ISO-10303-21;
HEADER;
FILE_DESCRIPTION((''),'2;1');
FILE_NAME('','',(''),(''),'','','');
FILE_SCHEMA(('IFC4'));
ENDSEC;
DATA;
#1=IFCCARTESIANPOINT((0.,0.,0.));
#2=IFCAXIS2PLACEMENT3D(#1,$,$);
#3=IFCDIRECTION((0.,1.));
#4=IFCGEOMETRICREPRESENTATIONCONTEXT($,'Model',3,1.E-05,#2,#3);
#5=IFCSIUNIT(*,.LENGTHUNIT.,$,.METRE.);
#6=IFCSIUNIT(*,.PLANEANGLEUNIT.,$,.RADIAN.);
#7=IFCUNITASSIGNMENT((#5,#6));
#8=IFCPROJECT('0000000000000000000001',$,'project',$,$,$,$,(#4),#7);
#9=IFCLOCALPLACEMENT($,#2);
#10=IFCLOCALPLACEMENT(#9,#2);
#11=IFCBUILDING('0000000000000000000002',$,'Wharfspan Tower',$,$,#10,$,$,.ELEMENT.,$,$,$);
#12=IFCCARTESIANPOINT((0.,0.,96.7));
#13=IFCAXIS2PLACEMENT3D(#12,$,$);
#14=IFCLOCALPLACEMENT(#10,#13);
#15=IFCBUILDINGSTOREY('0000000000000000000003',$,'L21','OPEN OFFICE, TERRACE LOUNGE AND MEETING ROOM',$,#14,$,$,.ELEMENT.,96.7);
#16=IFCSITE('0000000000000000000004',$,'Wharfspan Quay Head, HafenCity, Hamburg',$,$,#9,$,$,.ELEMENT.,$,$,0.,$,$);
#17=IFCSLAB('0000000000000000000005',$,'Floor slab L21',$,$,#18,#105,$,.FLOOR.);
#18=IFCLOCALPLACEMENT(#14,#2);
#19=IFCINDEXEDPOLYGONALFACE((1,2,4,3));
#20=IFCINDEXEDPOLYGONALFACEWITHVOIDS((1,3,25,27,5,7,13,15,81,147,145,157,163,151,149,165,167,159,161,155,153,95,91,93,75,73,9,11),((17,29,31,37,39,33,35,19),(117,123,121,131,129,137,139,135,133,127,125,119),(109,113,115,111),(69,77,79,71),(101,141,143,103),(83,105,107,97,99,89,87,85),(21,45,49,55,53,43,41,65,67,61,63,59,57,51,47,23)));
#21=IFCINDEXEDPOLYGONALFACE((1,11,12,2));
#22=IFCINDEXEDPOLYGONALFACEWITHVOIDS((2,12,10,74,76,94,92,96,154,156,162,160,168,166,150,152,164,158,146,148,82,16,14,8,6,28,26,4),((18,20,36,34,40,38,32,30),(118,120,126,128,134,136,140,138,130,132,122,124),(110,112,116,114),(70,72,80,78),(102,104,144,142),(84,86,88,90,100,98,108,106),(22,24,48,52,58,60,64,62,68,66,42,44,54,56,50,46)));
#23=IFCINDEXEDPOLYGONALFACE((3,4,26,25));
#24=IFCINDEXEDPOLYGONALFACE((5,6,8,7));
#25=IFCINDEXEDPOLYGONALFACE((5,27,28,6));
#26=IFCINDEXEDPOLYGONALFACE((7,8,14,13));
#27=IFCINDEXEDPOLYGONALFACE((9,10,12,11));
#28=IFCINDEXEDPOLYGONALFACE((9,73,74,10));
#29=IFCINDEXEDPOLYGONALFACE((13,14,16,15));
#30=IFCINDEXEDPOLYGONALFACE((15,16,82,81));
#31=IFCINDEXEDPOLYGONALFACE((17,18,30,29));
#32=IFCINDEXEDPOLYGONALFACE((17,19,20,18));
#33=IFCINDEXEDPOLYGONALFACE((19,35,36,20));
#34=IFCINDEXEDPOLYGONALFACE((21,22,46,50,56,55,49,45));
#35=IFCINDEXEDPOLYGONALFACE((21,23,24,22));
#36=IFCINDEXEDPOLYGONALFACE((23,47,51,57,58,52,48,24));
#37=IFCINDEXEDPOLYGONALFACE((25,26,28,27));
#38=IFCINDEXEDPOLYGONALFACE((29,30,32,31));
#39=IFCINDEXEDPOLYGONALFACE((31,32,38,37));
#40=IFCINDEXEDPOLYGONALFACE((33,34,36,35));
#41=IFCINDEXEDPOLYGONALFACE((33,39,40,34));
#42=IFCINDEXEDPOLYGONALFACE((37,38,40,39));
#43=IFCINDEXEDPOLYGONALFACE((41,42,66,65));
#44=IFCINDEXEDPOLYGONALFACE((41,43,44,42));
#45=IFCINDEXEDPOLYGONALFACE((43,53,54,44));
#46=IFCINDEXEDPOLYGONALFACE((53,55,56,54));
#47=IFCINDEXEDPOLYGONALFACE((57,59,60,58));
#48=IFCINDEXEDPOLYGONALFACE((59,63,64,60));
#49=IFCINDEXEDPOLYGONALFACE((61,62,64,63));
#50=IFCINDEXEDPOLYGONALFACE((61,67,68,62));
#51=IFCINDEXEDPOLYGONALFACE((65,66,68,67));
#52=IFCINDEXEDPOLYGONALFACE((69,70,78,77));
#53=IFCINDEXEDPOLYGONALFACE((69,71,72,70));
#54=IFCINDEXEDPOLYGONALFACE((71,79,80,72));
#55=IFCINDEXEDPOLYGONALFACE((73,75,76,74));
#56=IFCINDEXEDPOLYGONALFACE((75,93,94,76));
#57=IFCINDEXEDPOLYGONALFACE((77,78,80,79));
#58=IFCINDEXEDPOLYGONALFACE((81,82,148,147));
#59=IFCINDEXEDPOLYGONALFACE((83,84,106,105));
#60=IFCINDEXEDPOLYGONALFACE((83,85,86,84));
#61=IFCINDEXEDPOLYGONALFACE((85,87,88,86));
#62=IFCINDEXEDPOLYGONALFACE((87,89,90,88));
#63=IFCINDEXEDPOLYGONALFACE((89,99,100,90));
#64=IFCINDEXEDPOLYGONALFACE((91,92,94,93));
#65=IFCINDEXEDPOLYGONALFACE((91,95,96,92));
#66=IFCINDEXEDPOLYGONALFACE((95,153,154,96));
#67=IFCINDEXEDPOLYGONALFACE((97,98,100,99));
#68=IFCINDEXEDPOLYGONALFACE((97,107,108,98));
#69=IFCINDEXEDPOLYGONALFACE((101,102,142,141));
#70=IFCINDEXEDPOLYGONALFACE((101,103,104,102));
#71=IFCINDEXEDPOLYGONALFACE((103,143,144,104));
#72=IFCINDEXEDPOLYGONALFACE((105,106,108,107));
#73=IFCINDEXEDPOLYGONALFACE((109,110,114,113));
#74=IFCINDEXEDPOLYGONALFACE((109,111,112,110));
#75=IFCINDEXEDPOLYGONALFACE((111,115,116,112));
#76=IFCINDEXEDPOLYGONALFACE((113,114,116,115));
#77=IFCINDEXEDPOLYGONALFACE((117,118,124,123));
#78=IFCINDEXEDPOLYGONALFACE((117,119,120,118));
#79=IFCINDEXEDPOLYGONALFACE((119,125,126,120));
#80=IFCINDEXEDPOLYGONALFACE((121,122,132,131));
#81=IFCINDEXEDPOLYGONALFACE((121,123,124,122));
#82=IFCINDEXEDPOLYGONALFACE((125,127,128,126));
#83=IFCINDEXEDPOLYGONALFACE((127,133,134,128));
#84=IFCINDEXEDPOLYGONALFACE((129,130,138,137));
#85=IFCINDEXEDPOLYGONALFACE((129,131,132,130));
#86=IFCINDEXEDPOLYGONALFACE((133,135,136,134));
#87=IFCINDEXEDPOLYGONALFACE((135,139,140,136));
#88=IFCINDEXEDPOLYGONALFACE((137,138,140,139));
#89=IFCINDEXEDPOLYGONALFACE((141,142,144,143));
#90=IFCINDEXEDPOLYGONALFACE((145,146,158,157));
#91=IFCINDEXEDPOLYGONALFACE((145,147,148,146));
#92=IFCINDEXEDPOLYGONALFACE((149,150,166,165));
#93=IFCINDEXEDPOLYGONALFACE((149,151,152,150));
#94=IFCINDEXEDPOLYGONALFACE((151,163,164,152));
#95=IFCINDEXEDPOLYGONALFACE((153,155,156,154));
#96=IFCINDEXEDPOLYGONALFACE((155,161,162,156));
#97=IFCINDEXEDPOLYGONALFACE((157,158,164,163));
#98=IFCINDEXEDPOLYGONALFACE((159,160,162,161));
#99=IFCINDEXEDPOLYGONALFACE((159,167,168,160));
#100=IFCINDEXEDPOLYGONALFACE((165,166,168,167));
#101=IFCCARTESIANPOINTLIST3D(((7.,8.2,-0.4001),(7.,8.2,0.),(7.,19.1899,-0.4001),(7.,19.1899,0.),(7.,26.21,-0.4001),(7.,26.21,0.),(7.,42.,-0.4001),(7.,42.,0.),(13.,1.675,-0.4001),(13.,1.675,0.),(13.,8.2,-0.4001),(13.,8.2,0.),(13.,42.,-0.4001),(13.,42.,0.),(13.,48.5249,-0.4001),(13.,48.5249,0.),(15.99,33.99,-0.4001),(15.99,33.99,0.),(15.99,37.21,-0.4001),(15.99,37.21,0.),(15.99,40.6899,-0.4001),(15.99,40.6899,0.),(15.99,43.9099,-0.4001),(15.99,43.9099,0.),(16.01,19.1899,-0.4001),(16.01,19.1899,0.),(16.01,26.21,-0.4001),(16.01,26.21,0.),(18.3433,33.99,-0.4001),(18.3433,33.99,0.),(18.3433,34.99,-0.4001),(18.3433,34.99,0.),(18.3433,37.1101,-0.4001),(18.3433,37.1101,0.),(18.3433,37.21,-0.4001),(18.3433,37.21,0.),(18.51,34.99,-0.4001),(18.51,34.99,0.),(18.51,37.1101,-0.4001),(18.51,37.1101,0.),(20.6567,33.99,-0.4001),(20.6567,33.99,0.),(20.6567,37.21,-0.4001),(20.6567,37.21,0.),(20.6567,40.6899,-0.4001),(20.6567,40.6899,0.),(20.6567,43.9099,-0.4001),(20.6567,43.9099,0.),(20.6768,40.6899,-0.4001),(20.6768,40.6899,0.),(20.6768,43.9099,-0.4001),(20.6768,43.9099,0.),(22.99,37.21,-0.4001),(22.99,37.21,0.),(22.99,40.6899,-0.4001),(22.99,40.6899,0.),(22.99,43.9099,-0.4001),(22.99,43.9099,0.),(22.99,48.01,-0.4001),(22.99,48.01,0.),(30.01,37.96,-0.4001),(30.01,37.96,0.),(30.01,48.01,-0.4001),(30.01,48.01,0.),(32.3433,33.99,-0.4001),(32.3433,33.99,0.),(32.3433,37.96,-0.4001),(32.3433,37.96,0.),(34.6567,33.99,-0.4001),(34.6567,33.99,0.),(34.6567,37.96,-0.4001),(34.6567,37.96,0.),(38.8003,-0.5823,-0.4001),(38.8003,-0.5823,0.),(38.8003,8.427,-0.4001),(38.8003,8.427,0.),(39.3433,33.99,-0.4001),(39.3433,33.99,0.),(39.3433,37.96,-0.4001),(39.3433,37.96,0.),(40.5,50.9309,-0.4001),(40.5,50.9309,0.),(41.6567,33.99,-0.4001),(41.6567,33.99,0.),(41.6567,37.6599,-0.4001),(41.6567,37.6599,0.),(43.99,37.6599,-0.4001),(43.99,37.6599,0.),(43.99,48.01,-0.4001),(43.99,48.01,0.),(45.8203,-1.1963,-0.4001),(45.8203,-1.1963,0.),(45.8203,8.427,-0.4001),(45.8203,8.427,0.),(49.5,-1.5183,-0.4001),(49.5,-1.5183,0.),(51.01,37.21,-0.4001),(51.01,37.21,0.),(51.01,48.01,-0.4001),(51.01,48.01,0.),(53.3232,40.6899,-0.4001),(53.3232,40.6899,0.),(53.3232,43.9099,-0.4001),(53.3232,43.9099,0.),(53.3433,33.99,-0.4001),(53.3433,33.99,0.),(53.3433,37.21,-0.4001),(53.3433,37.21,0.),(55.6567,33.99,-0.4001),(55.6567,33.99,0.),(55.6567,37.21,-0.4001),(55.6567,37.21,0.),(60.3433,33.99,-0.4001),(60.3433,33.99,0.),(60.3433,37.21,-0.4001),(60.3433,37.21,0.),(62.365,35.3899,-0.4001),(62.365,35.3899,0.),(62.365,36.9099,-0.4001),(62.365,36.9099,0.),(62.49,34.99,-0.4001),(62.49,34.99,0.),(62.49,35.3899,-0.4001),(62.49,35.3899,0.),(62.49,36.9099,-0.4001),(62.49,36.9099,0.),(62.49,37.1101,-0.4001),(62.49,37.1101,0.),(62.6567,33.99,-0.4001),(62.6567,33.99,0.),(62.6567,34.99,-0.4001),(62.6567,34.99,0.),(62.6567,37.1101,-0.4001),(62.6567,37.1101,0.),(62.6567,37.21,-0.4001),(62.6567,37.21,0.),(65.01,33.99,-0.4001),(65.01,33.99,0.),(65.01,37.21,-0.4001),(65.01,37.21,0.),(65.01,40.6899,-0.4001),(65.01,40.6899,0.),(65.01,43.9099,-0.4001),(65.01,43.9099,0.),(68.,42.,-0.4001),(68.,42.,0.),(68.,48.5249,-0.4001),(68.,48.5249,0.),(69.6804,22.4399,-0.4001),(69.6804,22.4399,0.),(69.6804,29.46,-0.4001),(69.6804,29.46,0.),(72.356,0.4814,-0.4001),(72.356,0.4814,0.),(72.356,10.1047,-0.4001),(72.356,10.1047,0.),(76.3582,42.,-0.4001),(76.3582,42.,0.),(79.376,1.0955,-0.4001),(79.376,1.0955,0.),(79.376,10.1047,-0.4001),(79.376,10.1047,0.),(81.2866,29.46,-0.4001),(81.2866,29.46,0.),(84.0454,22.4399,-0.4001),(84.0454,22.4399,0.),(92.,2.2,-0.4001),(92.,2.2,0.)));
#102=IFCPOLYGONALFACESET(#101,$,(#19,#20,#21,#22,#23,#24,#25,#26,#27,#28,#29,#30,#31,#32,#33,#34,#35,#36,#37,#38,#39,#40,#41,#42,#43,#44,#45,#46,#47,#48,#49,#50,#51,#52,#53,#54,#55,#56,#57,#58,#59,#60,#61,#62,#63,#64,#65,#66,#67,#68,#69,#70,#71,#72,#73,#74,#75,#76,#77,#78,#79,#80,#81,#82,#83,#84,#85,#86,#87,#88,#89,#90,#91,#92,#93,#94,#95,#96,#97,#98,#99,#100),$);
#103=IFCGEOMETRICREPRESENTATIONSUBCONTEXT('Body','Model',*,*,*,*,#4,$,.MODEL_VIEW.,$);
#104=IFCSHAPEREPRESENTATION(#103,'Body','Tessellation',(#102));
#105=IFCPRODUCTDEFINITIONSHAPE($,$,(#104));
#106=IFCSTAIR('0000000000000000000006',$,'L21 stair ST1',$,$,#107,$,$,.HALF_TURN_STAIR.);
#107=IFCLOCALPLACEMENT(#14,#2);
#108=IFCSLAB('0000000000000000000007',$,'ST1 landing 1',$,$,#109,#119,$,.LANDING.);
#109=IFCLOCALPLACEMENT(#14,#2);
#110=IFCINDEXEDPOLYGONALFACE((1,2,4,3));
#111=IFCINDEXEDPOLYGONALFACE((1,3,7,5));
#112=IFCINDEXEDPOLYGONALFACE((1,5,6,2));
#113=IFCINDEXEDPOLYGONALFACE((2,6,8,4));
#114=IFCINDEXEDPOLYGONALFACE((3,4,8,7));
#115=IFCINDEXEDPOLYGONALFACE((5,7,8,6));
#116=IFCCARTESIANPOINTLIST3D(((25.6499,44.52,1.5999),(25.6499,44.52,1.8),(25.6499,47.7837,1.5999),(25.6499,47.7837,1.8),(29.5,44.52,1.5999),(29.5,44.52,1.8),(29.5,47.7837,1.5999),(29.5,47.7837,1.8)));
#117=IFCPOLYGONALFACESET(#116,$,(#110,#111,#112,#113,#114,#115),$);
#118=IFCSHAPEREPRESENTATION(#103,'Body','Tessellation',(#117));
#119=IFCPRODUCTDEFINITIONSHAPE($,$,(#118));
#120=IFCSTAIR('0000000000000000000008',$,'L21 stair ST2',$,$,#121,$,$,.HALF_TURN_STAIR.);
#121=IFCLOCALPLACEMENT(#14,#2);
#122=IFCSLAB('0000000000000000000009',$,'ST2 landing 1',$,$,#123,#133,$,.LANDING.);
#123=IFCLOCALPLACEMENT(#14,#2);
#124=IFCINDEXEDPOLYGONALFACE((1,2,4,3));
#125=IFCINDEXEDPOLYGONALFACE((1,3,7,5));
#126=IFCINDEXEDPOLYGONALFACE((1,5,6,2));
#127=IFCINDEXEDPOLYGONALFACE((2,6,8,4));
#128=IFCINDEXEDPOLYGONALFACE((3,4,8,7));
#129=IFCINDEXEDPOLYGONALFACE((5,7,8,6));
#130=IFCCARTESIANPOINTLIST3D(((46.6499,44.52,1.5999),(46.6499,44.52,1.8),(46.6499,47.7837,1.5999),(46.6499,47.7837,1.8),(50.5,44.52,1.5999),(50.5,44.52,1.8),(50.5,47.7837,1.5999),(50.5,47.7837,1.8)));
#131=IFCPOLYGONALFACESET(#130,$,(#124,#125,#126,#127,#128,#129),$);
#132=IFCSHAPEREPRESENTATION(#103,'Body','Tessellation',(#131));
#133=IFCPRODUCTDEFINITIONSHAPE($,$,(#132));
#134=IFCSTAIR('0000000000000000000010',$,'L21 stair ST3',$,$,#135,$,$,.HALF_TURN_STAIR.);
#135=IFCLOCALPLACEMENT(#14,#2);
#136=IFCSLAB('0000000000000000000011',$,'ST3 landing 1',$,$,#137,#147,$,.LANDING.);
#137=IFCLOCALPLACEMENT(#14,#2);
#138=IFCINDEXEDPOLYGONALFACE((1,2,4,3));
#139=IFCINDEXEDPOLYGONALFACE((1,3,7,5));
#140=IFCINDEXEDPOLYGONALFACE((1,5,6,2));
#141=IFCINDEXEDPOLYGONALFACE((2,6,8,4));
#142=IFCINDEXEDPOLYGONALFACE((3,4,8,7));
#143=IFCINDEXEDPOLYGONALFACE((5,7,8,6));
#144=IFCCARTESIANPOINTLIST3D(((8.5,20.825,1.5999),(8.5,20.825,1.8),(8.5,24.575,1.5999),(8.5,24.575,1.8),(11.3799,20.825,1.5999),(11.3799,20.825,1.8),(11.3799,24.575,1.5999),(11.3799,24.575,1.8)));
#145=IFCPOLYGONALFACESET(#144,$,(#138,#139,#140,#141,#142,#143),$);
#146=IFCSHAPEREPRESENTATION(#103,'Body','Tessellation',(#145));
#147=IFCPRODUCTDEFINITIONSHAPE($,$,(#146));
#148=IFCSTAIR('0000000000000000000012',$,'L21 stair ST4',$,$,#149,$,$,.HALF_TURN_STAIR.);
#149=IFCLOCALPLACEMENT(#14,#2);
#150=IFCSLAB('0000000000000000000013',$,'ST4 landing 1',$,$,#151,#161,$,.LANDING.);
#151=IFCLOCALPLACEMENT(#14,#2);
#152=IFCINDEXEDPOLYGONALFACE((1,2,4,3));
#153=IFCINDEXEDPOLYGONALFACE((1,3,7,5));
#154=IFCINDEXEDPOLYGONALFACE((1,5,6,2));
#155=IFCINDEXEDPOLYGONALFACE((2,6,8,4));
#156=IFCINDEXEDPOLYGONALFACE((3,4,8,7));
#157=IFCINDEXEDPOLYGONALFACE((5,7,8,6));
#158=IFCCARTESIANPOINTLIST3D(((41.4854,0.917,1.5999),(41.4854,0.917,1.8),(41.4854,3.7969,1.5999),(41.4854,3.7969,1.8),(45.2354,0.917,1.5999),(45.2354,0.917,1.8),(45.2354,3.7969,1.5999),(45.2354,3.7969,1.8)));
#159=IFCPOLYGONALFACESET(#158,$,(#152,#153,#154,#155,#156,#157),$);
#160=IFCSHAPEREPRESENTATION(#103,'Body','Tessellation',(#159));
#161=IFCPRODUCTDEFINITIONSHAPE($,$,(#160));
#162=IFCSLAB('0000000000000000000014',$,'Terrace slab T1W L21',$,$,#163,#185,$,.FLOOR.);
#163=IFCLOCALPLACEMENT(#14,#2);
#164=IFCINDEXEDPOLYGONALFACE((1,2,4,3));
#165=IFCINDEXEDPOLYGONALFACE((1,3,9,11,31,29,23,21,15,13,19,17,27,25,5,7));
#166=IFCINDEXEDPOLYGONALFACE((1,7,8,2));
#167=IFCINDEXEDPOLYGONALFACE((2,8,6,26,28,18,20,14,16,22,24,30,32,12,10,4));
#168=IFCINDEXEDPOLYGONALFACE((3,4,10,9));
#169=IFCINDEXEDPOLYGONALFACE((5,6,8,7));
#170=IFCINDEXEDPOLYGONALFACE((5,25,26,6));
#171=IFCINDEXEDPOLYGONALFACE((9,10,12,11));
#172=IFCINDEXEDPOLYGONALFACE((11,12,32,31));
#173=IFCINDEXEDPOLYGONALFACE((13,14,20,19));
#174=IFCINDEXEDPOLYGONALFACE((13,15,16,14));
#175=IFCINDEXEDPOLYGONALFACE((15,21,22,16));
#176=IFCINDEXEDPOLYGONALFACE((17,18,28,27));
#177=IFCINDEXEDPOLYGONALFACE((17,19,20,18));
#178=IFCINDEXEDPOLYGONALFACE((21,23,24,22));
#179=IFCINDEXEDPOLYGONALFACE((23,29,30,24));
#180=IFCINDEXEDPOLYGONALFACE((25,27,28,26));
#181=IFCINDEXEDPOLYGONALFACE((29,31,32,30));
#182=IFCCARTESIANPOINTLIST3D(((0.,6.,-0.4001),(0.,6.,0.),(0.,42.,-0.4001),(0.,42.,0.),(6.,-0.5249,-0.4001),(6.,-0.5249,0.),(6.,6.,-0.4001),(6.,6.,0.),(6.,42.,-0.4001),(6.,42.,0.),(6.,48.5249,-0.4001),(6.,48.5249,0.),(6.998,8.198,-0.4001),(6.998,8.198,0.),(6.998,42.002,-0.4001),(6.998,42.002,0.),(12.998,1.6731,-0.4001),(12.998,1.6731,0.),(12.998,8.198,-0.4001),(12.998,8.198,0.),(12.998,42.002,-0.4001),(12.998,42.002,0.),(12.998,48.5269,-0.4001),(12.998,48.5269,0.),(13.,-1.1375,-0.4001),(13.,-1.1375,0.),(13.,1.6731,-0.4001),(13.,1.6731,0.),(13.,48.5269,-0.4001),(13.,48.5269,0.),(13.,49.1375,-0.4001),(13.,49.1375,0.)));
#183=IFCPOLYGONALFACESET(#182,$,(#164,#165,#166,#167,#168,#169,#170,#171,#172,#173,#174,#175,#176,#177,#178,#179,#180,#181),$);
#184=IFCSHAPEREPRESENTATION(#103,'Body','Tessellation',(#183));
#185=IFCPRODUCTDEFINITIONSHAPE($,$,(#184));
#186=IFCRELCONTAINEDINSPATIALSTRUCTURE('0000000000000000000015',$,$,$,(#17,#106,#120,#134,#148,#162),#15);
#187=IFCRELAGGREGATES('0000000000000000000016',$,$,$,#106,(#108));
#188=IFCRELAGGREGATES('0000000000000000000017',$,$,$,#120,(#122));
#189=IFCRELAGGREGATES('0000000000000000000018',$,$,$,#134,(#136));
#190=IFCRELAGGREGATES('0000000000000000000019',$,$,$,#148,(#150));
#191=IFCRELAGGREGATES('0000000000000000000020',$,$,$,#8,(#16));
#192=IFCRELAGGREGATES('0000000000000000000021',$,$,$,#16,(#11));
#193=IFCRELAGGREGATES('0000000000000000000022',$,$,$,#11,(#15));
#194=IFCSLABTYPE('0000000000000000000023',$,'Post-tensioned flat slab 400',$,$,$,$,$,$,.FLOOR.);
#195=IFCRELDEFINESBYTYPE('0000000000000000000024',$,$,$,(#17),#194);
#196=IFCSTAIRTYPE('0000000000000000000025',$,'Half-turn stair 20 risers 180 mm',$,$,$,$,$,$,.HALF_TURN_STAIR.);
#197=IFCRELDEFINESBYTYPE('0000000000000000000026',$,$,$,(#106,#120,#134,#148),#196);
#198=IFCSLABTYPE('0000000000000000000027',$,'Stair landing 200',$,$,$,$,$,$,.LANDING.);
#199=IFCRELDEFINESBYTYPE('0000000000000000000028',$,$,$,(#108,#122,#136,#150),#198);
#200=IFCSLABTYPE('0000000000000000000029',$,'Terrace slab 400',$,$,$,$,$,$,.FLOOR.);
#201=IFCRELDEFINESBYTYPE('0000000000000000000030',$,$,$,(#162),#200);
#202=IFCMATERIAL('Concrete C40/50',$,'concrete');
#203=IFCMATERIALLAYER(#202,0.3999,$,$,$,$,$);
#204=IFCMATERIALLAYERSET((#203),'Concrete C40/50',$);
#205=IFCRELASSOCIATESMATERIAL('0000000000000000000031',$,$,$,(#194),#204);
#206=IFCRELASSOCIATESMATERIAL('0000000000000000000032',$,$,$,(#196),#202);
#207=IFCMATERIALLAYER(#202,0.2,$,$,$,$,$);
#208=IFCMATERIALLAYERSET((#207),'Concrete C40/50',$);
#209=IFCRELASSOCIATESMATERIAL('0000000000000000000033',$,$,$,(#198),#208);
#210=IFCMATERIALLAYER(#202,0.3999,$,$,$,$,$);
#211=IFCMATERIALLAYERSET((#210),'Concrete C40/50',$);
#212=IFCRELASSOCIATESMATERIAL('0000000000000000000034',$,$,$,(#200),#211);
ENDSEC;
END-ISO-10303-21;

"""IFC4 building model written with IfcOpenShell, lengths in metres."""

from ifc_helpers import new_model, si_unit, direction, frame, origin, place, context, subcontext, project, spatial, polyline, outline, extrude, material, layer, layer_set, type_object, element, aggregate, save


model = new_model("IFC4")

# Units and contexts
model_context = context("Model", 3, precision=1e-05, world=origin(), true_north=direction((0.0, 1.0)))
body_context = subcontext(model_context, "Body", "Model", "MODEL_VIEW")
ifc_project = project(units=[si_unit("LENGTHUNIT", "METRE"), si_unit("PLANEANGLEUNIT", "RADIAN")], contexts=[model_context])

# Site, building, storey
site_placement = place(None, origin())
site = spatial("IfcSite", under=ifc_project, at=site_placement, Name="Wharfspan Quay Head, HafenCity, Hamburg", CompositionType="ELEMENT", RefElevation=0.0)
building_placement = place(site_placement, origin())
building = spatial("IfcBuilding", under=site, at=building_placement, Name="Wharfspan Tower", CompositionType="ELEMENT")
storey_placement = place(building_placement, frame((0.0, 0.0, 96.7)))
storey = spatial("IfcBuildingStorey", under=building, at=storey_placement, Name="L21", Description="OPEN OFFICE, TERRACE LOUNGE AND MEETING ROOM", CompositionType="ELEMENT", Elevation=96.7)

# Slab
ifc_material_1 = material(Name="Concrete C40/50", Category="concrete")
ifc_layer_1 = layer(ifc_material_1, 0.3999)
ifc_layer_set_1 = layer_set([ifc_layer_1], Name="Concrete C40/50")
slab_type_1 = type_object("IfcSlabType", Name="Post-tensioned flat slab 400", PredefinedType="FLOOR", material=ifc_layer_set_1)
slab_1_placement = place(storey_placement, frame((0.0, 0.0, -0.4001)))
element("IfcSlab", 1, at=slab_1_placement, inside=storey, type_object=slab_type_1, Name="Floor slab L21", PredefinedType="FLOOR", context=body_context, shape_type="SweptSolid", body=[
    extrude(outline(polyline([(38.8003, -0.5823), (38.8003, 8.427), (45.8203, 8.427), (45.8203, -1.1963), (49.5, -1.5183), (72.356, 0.4814), (72.356, 10.1047), (79.376, 10.1047), (79.376, 1.0955), (92.0, 2.2), (84.0454, 22.4399), (69.6804, 22.4399), (69.6804, 29.46), (81.2866, 29.46), (76.3582, 42.0), (68.0, 42.0), (68.0, 48.5249), (40.5, 50.9309), (13.0, 48.5249), (13.0, 42.0), (7.0, 42.0), (7.0, 26.21), (16.01, 26.21), (16.01, 19.1899), (7.0, 19.1899), (7.0, 8.2), (13.0, 8.2), (13.0, 1.675), (38.8003, -0.5823)]), holes=[polyline([(62.49, 35.3899), (62.365, 35.3899), (62.365, 36.9099), (62.49, 36.9099), (62.49, 37.1101), (62.6567, 37.1101), (62.6567, 37.21), (65.01, 37.21), (65.01, 33.99), (62.6567, 33.99), (62.6567, 34.99), (62.49, 34.99), (62.49, 35.3899)]), polyline([(65.01, 43.9099), (65.01, 40.6899), (53.3232, 40.6899), (53.3232, 43.9099), (65.01, 43.9099)]), polyline([(55.6567, 33.99), (55.6567, 37.21), (60.3433, 37.21), (60.3433, 33.99), (55.6567, 33.99)]), polyline([(43.99, 37.6599), (43.99, 48.01), (51.01, 48.01), (51.01, 37.21), (53.3433, 37.21), (53.3433, 33.99), (41.6567, 33.99), (41.6567, 37.6599), (43.99, 37.6599)]), polyline([(34.6567, 33.99), (34.6567, 37.96), (39.3433, 37.96), (39.3433, 33.99), (34.6567, 33.99)]), polyline([(20.6567, 37.21), (22.99, 37.21), (22.99, 40.6899), (20.6768, 40.6899), (20.6567, 40.6899), (15.99, 40.6899), (15.99, 43.9099), (20.6567, 43.9099), (20.6768, 43.9099), (22.99, 43.9099), (22.99, 48.01), (30.01, 48.01), (30.01, 37.96), (32.3433, 37.96), (32.3433, 33.99), (20.6567, 33.99), (20.6567, 37.21)]), polyline([(18.51, 34.99), (18.3433, 34.99), (18.3433, 33.99), (15.99, 33.99), (15.99, 37.21), (18.3433, 37.21), (18.3433, 37.1101), (18.51, 37.1101), (18.51, 34.99)])]), origin(), (0.0, 0.0, 1.0), 0.4001),
])

# Stairs, slabs
stair_type = type_object("IfcStairType", Name="Half-turn stair 20 risers 180 mm", PredefinedType="HALF_TURN_STAIR", material=ifc_material_1)
stair_1_placement = place(storey_placement, origin())
stair_1 = element("IfcStair", 2, at=stair_1_placement, inside=storey, type_object=stair_type, Name="L21 stair ST1", PredefinedType="HALF_TURN_STAIR")
ifc_layer_2 = layer(ifc_material_1, 0.2)
ifc_layer_set_2 = layer_set([ifc_layer_2], Name="Concrete C40/50")
slab_type_2 = type_object("IfcSlabType", Name="Stair landing 200", PredefinedType="LANDING", material=ifc_layer_set_2)
slab_2_placement = place(storey_placement, frame((0.0, 0.0, 1.5999)))
slab_2 = element("IfcSlab", 3, at=slab_2_placement, type_object=slab_type_2, Name="ST1 landing 1", PredefinedType="LANDING", context=body_context, shape_type="SweptSolid", body=[
    extrude(outline(polyline([(25.6499, 44.52), (29.5, 44.52), (29.5, 47.7837), (25.6499, 47.7837), (25.6499, 44.52)])), origin(), (0.0, 0.0, 1.0), 0.2002),
])
aggregate(stair_1, [slab_2])
stair_2_placement = place(storey_placement, origin())
stair_2 = element("IfcStair", 4, at=stair_2_placement, inside=storey, type_object=stair_type, Name="L21 stair ST2", PredefinedType="HALF_TURN_STAIR")
slab_3_placement = place(storey_placement, frame((0.0, 0.0, 1.5999)))
slab_3 = element("IfcSlab", 5, at=slab_3_placement, type_object=slab_type_2, Name="ST2 landing 1", PredefinedType="LANDING", context=body_context, shape_type="SweptSolid", body=[
    extrude(outline(polyline([(46.6499, 44.52), (50.5, 44.52), (50.5, 47.7837), (46.6499, 47.7837), (46.6499, 44.52)])), origin(), (0.0, 0.0, 1.0), 0.2002),
])
aggregate(stair_2, [slab_3])
stair_3_placement = place(storey_placement, origin())
stair_3 = element("IfcStair", 6, at=stair_3_placement, inside=storey, type_object=stair_type, Name="L21 stair ST3", PredefinedType="HALF_TURN_STAIR")
slab_4_placement = place(storey_placement, frame((0.0, 0.0, 1.5999)))
slab_4 = element("IfcSlab", 7, at=slab_4_placement, type_object=slab_type_2, Name="ST3 landing 1", PredefinedType="LANDING", context=body_context, shape_type="SweptSolid", body=[
    extrude(outline(polyline([(11.3799, 24.575), (8.5, 24.575), (8.5, 20.825), (11.3799, 20.825), (11.3799, 24.575)])), origin(), (0.0, 0.0, 1.0), 0.2002),
])
aggregate(stair_3, [slab_4])
stair_4_placement = place(storey_placement, origin())
stair_4 = element("IfcStair", 8, at=stair_4_placement, inside=storey, type_object=stair_type, Name="L21 stair ST4", PredefinedType="HALF_TURN_STAIR")
slab_5_placement = place(storey_placement, frame((0.0, 0.0, 1.5999)))
slab_5 = element("IfcSlab", 9, at=slab_5_placement, type_object=slab_type_2, Name="ST4 landing 1", PredefinedType="LANDING", context=body_context, shape_type="SweptSolid", body=[
    extrude(outline(polyline([(41.4854, 3.7969), (41.4854, 0.917), (45.2354, 0.917), (45.2354, 3.7969), (41.4854, 3.7969)])), origin(), (0.0, 0.0, 1.0), 0.2002),
])
aggregate(stair_4, [slab_5])

# Slab
ifc_layer_3 = layer(ifc_material_1, 0.3999)
ifc_layer_set_3 = layer_set([ifc_layer_3], Name="Concrete C40/50")
slab_type_3 = type_object("IfcSlabType", Name="Terrace slab 400", PredefinedType="FLOOR", material=ifc_layer_set_3)
slab_6_placement = place(storey_placement, frame((0.0, 0.0, -0.4001)))
element("IfcSlab", 10, at=slab_6_placement, inside=storey, type_object=slab_type_3, Name="Terrace slab T1W L21", PredefinedType="FLOOR", context=body_context, shape_type="SweptSolid", body=[
    extrude(outline(polyline([(6.0, -0.5249), (13.0, -1.1375), (13.0, 1.6731), (12.998, 1.6731), (12.998, 8.198), (6.998, 8.198), (6.998, 42.002), (12.998, 42.002), (12.998, 48.5269), (13.0, 48.5269), (13.0, 49.1375), (6.0, 48.5249), (6.0, 42.0), (0.0, 42.0), (0.0, 6.0), (6.0, 6.0), (6.0, -0.5249)])), origin(), (0.0, 0.0, 1.0), 0.4001),
])

save(model, "model.ifc")
